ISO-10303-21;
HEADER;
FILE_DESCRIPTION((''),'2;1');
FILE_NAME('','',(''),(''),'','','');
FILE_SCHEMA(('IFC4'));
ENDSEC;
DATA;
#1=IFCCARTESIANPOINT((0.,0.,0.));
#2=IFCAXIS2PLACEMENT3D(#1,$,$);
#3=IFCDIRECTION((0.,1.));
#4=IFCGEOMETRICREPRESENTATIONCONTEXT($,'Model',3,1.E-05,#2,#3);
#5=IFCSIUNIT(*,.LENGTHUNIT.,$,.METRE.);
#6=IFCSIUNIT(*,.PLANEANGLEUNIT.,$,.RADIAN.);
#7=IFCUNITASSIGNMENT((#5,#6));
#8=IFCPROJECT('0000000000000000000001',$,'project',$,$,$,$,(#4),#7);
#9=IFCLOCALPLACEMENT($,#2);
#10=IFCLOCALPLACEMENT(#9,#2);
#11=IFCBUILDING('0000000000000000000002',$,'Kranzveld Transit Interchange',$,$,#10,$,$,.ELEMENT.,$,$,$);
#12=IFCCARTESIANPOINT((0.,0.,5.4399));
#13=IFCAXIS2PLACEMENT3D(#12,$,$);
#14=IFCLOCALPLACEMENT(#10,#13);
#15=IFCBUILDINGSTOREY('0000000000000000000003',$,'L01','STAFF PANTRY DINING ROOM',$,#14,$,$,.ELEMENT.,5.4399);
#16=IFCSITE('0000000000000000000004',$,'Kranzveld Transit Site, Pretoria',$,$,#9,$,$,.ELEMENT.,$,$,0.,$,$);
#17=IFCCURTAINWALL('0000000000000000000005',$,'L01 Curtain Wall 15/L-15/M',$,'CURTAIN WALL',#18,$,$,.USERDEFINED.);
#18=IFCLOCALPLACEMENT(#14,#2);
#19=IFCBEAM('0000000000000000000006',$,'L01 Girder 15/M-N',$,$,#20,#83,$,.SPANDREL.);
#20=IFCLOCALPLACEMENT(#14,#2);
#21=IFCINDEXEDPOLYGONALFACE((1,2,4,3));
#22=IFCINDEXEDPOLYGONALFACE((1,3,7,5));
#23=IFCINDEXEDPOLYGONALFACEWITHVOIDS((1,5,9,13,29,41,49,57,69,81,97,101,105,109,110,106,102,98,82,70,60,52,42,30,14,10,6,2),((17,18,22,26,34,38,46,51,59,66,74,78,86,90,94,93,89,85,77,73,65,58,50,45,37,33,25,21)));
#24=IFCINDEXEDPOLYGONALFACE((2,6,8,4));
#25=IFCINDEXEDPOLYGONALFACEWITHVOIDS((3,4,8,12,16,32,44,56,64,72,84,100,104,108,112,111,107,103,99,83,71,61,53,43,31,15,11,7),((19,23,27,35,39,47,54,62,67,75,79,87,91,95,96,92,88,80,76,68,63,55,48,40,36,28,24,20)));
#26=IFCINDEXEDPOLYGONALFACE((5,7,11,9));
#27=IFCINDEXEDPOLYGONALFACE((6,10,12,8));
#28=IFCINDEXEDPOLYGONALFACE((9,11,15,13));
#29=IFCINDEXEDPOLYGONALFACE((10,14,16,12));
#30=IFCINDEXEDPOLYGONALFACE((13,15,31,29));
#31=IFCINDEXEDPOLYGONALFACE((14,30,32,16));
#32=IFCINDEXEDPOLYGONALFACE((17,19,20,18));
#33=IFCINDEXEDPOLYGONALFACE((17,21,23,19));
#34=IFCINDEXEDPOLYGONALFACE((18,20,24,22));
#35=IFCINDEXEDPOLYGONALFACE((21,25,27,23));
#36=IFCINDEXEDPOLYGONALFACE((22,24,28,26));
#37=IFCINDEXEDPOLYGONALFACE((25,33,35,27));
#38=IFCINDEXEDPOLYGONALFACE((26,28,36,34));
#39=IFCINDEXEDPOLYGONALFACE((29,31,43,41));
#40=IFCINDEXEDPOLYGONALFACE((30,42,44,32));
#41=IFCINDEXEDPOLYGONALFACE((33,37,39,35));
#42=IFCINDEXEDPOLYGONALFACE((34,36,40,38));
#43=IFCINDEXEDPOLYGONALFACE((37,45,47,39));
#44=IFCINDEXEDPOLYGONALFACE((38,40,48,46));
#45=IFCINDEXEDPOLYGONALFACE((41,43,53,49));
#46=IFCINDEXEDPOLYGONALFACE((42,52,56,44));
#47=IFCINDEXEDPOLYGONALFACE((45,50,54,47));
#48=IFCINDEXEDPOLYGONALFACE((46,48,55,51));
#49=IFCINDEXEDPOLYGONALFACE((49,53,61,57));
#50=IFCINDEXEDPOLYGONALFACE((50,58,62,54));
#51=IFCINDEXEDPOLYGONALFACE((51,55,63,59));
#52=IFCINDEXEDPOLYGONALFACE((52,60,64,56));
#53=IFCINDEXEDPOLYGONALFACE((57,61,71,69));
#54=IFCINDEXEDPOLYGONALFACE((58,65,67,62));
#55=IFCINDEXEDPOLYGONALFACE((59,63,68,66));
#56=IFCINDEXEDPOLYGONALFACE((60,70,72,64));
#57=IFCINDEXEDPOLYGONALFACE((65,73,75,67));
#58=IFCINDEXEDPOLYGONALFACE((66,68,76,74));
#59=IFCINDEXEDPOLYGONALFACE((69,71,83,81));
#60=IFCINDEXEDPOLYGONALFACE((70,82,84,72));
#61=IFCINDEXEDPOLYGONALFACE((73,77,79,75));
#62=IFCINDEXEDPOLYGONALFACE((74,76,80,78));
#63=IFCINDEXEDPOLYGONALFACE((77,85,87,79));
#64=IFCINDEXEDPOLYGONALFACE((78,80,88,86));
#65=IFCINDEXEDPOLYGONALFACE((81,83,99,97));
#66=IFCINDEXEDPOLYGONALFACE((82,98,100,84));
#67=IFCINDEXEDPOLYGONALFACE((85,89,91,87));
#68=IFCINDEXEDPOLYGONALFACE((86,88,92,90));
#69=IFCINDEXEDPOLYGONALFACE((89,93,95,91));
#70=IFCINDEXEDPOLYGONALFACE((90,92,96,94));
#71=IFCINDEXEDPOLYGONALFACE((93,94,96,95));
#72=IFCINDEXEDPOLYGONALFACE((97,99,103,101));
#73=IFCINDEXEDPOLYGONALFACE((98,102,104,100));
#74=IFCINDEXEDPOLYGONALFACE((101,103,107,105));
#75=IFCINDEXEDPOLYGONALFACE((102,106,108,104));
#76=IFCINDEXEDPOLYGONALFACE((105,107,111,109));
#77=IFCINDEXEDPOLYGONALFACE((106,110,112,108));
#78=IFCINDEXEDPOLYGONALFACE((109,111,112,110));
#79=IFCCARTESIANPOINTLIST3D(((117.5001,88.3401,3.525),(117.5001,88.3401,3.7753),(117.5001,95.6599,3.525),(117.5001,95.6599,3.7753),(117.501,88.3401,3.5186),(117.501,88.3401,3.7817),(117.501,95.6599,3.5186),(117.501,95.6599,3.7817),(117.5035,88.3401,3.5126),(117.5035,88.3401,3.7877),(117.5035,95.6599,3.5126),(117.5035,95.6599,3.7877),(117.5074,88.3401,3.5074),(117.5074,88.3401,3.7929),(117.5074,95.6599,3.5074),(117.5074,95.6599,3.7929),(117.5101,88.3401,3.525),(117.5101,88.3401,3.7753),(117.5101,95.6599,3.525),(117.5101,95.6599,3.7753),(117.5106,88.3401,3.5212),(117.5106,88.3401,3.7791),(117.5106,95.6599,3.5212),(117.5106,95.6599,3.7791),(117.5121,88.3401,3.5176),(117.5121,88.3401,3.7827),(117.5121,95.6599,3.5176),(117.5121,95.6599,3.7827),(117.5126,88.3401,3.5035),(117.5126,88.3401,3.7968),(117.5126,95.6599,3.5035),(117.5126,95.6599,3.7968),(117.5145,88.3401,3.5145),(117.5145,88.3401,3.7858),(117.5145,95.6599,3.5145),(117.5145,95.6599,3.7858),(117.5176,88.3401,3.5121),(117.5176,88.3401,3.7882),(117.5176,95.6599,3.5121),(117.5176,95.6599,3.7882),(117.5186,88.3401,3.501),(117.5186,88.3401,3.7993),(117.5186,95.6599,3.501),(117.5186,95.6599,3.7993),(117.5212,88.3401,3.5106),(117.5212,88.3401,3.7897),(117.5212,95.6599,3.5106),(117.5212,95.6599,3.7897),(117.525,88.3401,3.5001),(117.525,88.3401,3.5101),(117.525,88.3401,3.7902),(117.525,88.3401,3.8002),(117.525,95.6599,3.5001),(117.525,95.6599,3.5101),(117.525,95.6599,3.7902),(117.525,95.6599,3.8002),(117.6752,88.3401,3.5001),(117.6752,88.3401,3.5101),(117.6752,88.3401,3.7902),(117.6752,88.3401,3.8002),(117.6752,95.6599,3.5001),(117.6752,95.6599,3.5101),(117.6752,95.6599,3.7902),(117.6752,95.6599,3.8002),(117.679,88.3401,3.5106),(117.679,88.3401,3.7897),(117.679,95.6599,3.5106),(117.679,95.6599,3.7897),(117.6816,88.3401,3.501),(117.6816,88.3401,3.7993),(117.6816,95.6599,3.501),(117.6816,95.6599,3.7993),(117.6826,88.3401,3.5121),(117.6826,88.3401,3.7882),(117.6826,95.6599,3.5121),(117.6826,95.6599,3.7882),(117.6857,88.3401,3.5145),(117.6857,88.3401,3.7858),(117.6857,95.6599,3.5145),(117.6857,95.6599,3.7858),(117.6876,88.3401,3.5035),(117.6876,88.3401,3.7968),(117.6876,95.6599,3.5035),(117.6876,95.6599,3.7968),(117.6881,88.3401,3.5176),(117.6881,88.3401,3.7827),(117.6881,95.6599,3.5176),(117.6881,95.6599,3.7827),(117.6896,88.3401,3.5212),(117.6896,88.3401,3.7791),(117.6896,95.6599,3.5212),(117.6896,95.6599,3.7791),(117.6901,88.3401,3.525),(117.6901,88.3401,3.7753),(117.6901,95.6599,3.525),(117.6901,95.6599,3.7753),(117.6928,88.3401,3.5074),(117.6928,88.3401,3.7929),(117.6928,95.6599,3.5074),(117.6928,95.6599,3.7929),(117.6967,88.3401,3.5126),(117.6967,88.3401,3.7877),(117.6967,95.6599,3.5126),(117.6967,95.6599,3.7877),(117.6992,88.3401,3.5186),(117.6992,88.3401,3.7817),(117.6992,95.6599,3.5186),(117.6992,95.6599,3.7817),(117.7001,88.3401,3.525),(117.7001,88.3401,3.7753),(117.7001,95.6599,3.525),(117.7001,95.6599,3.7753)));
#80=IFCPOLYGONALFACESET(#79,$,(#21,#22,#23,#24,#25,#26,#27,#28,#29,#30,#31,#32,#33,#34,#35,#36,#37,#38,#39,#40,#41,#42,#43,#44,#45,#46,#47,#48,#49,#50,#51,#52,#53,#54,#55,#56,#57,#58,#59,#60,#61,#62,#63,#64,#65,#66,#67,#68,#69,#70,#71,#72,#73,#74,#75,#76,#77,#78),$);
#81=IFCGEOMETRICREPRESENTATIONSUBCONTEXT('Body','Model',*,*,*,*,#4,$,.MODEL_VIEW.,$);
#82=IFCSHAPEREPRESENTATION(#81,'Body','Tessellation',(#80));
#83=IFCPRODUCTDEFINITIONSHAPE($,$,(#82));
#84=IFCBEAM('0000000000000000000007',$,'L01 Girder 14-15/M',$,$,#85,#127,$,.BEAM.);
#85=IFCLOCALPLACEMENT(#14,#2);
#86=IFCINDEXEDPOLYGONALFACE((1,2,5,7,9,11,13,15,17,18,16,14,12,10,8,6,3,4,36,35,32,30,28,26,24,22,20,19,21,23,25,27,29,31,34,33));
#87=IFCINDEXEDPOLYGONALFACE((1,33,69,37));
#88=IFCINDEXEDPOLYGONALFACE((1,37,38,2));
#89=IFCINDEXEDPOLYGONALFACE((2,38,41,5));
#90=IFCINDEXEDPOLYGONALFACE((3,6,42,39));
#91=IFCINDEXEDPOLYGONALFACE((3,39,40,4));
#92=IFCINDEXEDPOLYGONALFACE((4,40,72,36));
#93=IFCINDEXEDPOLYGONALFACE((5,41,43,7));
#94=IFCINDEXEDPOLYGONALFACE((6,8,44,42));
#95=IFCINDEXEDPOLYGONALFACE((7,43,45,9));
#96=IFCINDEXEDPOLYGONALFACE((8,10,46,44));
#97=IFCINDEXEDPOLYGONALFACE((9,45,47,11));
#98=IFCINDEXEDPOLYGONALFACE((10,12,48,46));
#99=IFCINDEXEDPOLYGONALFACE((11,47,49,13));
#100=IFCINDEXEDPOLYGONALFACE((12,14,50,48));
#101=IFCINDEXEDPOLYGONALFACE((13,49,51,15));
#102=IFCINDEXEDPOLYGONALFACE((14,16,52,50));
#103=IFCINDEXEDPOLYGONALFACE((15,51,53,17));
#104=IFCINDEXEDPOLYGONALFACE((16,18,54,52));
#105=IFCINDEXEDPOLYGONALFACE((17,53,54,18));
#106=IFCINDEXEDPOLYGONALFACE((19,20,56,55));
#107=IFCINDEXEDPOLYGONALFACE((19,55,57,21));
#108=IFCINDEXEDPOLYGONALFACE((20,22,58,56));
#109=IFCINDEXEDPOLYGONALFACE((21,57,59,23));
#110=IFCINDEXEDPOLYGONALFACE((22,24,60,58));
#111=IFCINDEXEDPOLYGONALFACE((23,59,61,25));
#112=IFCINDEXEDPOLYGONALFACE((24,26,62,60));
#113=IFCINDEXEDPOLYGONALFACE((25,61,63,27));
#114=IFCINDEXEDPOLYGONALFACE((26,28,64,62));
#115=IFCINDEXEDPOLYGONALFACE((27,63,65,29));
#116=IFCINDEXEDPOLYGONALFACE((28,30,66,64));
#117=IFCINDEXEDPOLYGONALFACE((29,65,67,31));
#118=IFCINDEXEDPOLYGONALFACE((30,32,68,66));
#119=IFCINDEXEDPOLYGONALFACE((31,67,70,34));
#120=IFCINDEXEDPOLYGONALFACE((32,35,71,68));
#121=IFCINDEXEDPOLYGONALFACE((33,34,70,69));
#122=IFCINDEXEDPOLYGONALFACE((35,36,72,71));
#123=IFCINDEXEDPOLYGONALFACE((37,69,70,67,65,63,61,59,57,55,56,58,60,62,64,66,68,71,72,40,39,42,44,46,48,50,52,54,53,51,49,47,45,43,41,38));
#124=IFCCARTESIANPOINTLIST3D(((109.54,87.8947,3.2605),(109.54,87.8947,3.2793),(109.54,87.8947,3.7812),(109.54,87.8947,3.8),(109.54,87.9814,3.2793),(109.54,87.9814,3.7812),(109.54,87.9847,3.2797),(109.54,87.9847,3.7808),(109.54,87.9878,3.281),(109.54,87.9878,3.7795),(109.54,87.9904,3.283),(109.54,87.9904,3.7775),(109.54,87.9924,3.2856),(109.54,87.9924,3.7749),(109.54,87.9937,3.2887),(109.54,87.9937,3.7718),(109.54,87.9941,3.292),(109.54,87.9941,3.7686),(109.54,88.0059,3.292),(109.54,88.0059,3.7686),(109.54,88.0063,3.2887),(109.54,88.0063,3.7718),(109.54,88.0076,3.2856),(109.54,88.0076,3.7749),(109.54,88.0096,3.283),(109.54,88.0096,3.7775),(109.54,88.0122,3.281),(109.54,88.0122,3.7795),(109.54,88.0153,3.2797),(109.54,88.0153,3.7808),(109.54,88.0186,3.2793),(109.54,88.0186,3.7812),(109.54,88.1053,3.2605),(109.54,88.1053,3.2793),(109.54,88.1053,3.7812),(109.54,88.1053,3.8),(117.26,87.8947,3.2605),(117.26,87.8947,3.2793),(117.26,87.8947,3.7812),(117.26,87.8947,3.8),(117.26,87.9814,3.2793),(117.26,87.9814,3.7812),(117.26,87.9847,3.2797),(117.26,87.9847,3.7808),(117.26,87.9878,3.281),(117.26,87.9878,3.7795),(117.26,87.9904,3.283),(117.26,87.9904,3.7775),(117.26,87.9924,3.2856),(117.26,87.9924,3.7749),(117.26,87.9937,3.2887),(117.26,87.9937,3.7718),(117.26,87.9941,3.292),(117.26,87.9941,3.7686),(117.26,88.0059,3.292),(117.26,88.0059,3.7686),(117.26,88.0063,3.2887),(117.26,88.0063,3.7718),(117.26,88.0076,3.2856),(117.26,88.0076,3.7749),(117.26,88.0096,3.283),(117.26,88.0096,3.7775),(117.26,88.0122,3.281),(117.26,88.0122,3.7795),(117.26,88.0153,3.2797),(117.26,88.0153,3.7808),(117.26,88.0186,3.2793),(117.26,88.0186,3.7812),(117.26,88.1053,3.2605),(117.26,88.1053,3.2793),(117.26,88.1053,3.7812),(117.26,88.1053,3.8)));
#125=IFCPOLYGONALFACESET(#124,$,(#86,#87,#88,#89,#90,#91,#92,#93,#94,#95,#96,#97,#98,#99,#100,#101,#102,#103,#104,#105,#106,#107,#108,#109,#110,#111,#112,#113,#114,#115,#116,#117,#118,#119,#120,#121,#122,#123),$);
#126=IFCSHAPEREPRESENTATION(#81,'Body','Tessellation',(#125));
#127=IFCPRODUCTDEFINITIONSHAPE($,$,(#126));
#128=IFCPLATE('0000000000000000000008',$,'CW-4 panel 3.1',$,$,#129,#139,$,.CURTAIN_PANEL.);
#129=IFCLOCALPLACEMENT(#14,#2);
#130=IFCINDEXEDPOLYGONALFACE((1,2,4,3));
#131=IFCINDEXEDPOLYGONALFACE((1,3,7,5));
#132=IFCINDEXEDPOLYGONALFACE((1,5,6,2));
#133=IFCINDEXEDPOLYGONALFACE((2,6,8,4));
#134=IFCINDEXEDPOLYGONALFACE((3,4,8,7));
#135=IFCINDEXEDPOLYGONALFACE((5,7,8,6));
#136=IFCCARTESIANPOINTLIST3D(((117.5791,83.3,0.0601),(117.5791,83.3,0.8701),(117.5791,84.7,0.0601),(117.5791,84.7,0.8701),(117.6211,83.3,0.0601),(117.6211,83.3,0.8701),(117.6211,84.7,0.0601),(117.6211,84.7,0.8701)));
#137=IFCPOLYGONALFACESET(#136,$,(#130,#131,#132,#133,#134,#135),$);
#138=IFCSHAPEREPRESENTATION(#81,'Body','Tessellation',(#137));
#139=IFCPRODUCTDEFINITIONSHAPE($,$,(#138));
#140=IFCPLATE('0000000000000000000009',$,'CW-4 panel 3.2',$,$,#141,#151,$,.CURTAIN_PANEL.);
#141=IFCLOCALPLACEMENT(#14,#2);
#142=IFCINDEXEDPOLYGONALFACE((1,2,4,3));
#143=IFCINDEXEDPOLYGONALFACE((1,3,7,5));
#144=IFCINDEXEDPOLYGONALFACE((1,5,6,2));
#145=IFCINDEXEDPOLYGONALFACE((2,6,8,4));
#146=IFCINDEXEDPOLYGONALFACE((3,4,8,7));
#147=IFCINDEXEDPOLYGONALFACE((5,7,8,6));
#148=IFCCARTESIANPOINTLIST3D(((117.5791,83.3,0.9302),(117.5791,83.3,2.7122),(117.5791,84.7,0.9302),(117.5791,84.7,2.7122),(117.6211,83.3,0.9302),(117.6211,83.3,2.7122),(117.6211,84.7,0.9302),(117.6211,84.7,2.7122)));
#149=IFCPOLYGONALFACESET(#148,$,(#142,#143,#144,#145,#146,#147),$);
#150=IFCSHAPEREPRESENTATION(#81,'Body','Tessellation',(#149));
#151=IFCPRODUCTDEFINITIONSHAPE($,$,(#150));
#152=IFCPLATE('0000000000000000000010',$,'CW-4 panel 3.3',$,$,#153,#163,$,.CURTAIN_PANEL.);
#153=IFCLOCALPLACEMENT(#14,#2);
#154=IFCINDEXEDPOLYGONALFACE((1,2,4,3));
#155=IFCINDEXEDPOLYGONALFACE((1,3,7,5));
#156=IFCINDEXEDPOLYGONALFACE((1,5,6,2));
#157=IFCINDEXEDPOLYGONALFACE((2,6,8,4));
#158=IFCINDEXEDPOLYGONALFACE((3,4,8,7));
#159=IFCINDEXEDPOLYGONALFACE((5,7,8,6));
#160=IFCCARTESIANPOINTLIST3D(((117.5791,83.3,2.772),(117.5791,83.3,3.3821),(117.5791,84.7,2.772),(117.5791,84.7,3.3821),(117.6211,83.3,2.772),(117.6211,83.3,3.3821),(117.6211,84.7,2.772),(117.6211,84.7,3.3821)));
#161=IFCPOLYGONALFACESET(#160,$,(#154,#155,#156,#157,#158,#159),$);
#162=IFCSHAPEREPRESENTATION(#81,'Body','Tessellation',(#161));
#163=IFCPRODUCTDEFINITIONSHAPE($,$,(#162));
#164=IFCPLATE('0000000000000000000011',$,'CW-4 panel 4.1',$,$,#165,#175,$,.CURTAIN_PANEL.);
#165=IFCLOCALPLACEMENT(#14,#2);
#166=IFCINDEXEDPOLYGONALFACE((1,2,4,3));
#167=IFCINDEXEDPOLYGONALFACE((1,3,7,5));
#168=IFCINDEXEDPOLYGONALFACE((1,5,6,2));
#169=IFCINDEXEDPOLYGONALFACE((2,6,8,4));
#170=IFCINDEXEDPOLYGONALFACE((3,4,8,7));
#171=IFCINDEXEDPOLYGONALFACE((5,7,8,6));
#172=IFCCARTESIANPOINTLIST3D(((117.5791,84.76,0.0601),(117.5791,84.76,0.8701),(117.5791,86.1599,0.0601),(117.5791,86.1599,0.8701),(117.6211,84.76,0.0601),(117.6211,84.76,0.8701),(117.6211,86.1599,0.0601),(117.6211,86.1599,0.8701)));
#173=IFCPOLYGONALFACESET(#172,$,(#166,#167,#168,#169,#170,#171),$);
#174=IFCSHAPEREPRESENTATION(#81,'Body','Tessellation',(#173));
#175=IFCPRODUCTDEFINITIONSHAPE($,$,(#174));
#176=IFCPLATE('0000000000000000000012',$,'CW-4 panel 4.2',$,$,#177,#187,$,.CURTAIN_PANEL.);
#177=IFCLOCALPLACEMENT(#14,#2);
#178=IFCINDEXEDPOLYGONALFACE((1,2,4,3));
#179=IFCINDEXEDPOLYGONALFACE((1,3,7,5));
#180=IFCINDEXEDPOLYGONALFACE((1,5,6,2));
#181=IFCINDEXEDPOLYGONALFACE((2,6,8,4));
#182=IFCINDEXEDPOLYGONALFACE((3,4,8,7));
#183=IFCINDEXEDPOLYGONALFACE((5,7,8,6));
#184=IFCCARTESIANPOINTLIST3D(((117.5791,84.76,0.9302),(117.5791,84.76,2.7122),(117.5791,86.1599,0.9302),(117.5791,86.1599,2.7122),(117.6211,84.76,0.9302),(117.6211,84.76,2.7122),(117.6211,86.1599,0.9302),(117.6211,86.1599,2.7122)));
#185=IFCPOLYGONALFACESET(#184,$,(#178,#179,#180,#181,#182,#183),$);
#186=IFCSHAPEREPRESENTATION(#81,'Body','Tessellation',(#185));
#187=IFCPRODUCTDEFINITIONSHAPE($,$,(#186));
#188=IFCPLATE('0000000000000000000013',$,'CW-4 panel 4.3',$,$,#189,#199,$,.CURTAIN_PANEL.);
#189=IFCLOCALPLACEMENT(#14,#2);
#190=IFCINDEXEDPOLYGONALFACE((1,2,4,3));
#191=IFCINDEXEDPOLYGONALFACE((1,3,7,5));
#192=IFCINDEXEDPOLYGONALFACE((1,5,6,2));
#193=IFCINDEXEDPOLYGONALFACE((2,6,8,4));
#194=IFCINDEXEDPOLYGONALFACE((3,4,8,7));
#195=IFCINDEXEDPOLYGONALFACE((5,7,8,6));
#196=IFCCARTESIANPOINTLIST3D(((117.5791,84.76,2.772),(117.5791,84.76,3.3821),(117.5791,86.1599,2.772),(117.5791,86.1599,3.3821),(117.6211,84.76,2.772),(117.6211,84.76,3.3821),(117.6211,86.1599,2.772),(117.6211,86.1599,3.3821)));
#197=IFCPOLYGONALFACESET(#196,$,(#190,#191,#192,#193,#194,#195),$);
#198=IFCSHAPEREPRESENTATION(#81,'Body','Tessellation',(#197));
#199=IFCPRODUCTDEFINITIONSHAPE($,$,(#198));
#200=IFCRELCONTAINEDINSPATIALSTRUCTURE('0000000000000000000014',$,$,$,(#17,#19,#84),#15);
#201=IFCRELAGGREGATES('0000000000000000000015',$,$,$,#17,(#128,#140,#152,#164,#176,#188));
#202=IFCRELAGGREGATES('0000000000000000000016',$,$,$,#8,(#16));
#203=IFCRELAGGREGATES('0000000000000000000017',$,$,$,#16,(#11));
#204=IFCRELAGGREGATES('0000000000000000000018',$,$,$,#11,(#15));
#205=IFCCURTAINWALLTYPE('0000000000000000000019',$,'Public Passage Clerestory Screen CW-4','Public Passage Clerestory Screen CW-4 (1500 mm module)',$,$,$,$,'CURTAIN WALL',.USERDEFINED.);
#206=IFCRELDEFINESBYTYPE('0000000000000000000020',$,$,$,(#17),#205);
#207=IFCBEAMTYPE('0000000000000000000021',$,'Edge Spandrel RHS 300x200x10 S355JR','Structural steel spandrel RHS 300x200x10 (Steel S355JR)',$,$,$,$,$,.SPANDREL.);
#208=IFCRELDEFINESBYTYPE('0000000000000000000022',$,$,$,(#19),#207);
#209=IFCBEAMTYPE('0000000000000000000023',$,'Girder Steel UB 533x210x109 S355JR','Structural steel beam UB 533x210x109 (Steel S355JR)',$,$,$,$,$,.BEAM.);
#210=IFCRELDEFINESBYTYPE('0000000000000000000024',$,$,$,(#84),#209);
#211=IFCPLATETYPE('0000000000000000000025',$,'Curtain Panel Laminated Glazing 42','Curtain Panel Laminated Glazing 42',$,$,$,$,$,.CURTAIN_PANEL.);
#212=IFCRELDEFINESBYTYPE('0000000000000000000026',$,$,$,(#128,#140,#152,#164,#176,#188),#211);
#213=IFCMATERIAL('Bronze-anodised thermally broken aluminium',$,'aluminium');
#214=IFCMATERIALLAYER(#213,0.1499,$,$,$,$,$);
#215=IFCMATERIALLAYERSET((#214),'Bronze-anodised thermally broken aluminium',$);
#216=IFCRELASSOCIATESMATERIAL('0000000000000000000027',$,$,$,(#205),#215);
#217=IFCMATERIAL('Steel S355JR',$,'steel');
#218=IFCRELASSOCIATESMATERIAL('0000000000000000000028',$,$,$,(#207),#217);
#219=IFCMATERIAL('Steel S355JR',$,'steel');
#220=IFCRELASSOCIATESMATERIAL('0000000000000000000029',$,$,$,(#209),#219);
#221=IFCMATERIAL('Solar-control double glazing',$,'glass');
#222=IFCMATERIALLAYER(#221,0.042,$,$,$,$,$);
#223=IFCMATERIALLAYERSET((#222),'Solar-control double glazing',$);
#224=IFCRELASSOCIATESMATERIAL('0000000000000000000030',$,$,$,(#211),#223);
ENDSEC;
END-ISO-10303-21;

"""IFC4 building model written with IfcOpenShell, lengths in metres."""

from ifc_helpers import new_model, si_unit, direction, frame, origin, origin_2d, place, context, subcontext, project, spatial, rectangle, hollow_rectangle, i_section, extrude, material, layer, layer_set, material_profile, profile_set, type_object, element, aggregate, save


model = new_model("IFC4")

# Units and contexts
model_context = context("Model", 3, precision=1e-05, world=origin(), true_north=direction((0.0, 1.0)))
body_context = subcontext(model_context, "Body", "Model", "MODEL_VIEW")
ifc_project = project(units=[si_unit("LENGTHUNIT", "METRE"), si_unit("PLANEANGLEUNIT", "RADIAN")], contexts=[model_context])

# Site, building, storey
site_placement = place(None, origin())
site = spatial("IfcSite", under=ifc_project, at=site_placement, Name="Kranzveld Transit Site, Pretoria", CompositionType="ELEMENT", RefElevation=0.0)
building_placement = place(site_placement, origin())
building = spatial("IfcBuilding", under=site, at=building_placement, Name="Kranzveld Transit Interchange", CompositionType="ELEMENT")
storey_placement = place(building_placement, frame((0.0, 0.0, 5.4399)))
storey = spatial("IfcBuildingStorey", under=building, at=storey_placement, Name="L01", Description="STAFF PANTRY DINING ROOM", CompositionType="ELEMENT", Elevation=5.4399)

# Curtain wall
ifc_material_1 = material(Name="Bronze-anodised thermally broken aluminium", Category="aluminium")
ifc_layer_1 = layer(ifc_material_1, 0.1499)
ifc_layer_set_1 = layer_set([ifc_layer_1], Name="Bronze-anodised thermally broken aluminium")
curtain_wall_type_1 = type_object("IfcCurtainWallType", Name="Public Passage Clerestory Screen CW-4", Description="Public Passage Clerestory Screen CW-4 (1500 mm module)", ElementType="CURTAIN WALL", PredefinedType="USERDEFINED", material=ifc_layer_set_1)
curtain_wall_1_placement = place(storey_placement, origin())
curtain_wall_1 = element("IfcCurtainWall", 1, at=curtain_wall_1_placement, inside=storey, type_object=curtain_wall_type_1, Name="L01 Curtain Wall 15/L-15/M", ObjectType="CURTAIN WALL", PredefinedType="USERDEFINED")

# Beams
ifc_material_2 = material(Name="Steel S355JR", Category="steel")
ifc_material_profile_1 = material_profile(ifc_material_2, hollow_rectangle(XDim=0.2, YDim=0.3, WallThickness=0.01, InnerFilletRadius=0.0149, OuterFilletRadius=0.0249, at=origin_2d()), Name="RHS 300x200x10")
ifc_profile_set_1 = profile_set([ifc_material_profile_1], Name="Steel S355JR")
beam_type_1 = type_object("IfcBeamType", Name="Edge Spandrel RHS 300x200x10 S355JR", Description="Structural steel spandrel RHS 300x200x10 (Steel S355JR)", PredefinedType="SPANDREL", material=ifc_profile_set_1)
beam_1_placement = place(storey_placement, frame((117.6001, 88.3401, 3.6501), z_axis=(0.0, 1.0, 0.0), x_axis=(-1.0, 0.0, 0.0)))
element("IfcBeam", 2, at=beam_1_placement, inside=storey, type_object=beam_type_1, Name="L01 Girder 15/M-N", PredefinedType="SPANDREL", context=body_context, shape_type="SweptSolid", body=[
    extrude(hollow_rectangle(XDim=0.2, YDim=0.3, WallThickness=0.01, InnerFilletRadius=0.0149, OuterFilletRadius=0.0249, at=origin_2d()), origin(), (0.0, 0.0, 1.0), 7.3198),
])
ifc_material_3 = material(Name="Steel S355JR", Category="steel")
ifc_material_profile_2 = material_profile(ifc_material_3, i_section(OverallWidth=0.2107, OverallDepth=0.5396, WebThickness=0.0117, FlangeThickness=0.0188, FilletRadius=0.0127, at=origin_2d()), Name="UB 533x210x109")
ifc_profile_set_2 = profile_set([ifc_material_profile_2], Name="Steel S355JR")
beam_type_2 = type_object("IfcBeamType", Name="Girder Steel UB 533x210x109 S355JR", Description="Structural steel beam UB 533x210x109 (Steel S355JR)", PredefinedType="BEAM", material=ifc_profile_set_2)
beam_2_placement = place(storey_placement, frame((109.54, 88.0, 3.5303), z_axis=(1.0, 0.0, 0.0), x_axis=(0.0, 1.0, 0.0)))
element("IfcBeam", 3, at=beam_2_placement, inside=storey, type_object=beam_type_2, Name="L01 Girder 14-15/M", PredefinedType="BEAM", context=body_context, shape_type="SweptSolid", body=[
    extrude(i_section(OverallWidth=0.2107, OverallDepth=0.5396, WebThickness=0.0117, FlangeThickness=0.0188, FilletRadius=0.0127, at=origin_2d()), origin(), (0.0, 0.0, 1.0), 7.72),
])

# Plates
ifc_material_4 = material(Name="Solar-control double glazing", Category="glass")
ifc_layer_2 = layer(ifc_material_4, 0.042)
ifc_layer_set_2 = layer_set([ifc_layer_2], Name="Solar-control double glazing")
plate_type = type_object("IfcPlateType", Name="Curtain Panel Laminated Glazing 42", Description="Curtain Panel Laminated Glazing 42", PredefinedType="CURTAIN_PANEL", material=ifc_layer_set_2)
plate_1_placement = place(storey_placement, frame((117.6001, 84.0, 0.0601), z_axis=(0.0, 0.0, 1.0), x_axis=(0.0, 1.0, 0.0)))
plate_1 = element("IfcPlate", 4, at=plate_1_placement, type_object=plate_type, Name="CW-4 panel 3.1", PredefinedType="CURTAIN_PANEL", context=body_context, shape_type="SweptSolid", body=[
    extrude(rectangle(XDim=1.3999, YDim=0.042, at=origin_2d()), origin(), (0.0, 0.0, 1.0), 0.8101),
])
plate_2_placement = place(storey_placement, frame((117.6001, 84.0, 0.9302), z_axis=(0.0, 0.0, 1.0), x_axis=(0.0, 1.0, 0.0)))
plate_2 = element("IfcPlate", 5, at=plate_2_placement, type_object=plate_type, Name="CW-4 panel 3.2", PredefinedType="CURTAIN_PANEL", context=body_context, shape_type="SweptSolid", body=[
    extrude(rectangle(XDim=1.3999, YDim=0.042, at=origin_2d()), origin(), (0.0, 0.0, 1.0), 1.782),
])
plate_3_placement = place(storey_placement, frame((117.6001, 84.0, 2.772), z_axis=(0.0, 0.0, 1.0), x_axis=(0.0, 1.0, 0.0)))
plate_3 = element("IfcPlate", 6, at=plate_3_placement, type_object=plate_type, Name="CW-4 panel 3.3", PredefinedType="CURTAIN_PANEL", context=body_context, shape_type="SweptSolid", body=[
    extrude(rectangle(XDim=1.3999, YDim=0.042, at=origin_2d()), origin(), (0.0, 0.0, 1.0), 0.6101),
])
plate_4_placement = place(storey_placement, frame((117.6001, 85.46, 0.0601), z_axis=(0.0, 0.0, 1.0), x_axis=(0.0, 1.0, 0.0)))
plate_4 = element("IfcPlate", 7, at=plate_4_placement, type_object=plate_type, Name="CW-4 panel 4.1", PredefinedType="CURTAIN_PANEL", context=body_context, shape_type="SweptSolid", body=[
    extrude(rectangle(XDim=1.3999, YDim=0.042, at=origin_2d()), origin(), (0.0, 0.0, 1.0), 0.8101),
])
plate_5_placement = place(storey_placement, frame((117.6001, 85.46, 0.9302), z_axis=(0.0, 0.0, 1.0), x_axis=(0.0, 1.0, 0.0)))
plate_5 = element("IfcPlate", 8, at=plate_5_placement, type_object=plate_type, Name="CW-4 panel 4.2", PredefinedType="CURTAIN_PANEL", context=body_context, shape_type="SweptSolid", body=[
    extrude(rectangle(XDim=1.3999, YDim=0.042, at=origin_2d()), origin(), (0.0, 0.0, 1.0), 1.782),
])
plate_6_placement = place(storey_placement, frame((117.6001, 85.46, 2.772), z_axis=(0.0, 0.0, 1.0), x_axis=(0.0, 1.0, 0.0)))
plate_6 = element("IfcPlate", 9, at=plate_6_placement, type_object=plate_type, Name="CW-4 panel 4.3", PredefinedType="CURTAIN_PANEL", context=body_context, shape_type="SweptSolid", body=[
    extrude(rectangle(XDim=1.3999, YDim=0.042, at=origin_2d()), origin(), (0.0, 0.0, 1.0), 0.6101),
])
aggregate(curtain_wall_1, [plate_1, plate_2, plate_3, plate_4, plate_5, plate_6])

save(model, "model.ifc")
